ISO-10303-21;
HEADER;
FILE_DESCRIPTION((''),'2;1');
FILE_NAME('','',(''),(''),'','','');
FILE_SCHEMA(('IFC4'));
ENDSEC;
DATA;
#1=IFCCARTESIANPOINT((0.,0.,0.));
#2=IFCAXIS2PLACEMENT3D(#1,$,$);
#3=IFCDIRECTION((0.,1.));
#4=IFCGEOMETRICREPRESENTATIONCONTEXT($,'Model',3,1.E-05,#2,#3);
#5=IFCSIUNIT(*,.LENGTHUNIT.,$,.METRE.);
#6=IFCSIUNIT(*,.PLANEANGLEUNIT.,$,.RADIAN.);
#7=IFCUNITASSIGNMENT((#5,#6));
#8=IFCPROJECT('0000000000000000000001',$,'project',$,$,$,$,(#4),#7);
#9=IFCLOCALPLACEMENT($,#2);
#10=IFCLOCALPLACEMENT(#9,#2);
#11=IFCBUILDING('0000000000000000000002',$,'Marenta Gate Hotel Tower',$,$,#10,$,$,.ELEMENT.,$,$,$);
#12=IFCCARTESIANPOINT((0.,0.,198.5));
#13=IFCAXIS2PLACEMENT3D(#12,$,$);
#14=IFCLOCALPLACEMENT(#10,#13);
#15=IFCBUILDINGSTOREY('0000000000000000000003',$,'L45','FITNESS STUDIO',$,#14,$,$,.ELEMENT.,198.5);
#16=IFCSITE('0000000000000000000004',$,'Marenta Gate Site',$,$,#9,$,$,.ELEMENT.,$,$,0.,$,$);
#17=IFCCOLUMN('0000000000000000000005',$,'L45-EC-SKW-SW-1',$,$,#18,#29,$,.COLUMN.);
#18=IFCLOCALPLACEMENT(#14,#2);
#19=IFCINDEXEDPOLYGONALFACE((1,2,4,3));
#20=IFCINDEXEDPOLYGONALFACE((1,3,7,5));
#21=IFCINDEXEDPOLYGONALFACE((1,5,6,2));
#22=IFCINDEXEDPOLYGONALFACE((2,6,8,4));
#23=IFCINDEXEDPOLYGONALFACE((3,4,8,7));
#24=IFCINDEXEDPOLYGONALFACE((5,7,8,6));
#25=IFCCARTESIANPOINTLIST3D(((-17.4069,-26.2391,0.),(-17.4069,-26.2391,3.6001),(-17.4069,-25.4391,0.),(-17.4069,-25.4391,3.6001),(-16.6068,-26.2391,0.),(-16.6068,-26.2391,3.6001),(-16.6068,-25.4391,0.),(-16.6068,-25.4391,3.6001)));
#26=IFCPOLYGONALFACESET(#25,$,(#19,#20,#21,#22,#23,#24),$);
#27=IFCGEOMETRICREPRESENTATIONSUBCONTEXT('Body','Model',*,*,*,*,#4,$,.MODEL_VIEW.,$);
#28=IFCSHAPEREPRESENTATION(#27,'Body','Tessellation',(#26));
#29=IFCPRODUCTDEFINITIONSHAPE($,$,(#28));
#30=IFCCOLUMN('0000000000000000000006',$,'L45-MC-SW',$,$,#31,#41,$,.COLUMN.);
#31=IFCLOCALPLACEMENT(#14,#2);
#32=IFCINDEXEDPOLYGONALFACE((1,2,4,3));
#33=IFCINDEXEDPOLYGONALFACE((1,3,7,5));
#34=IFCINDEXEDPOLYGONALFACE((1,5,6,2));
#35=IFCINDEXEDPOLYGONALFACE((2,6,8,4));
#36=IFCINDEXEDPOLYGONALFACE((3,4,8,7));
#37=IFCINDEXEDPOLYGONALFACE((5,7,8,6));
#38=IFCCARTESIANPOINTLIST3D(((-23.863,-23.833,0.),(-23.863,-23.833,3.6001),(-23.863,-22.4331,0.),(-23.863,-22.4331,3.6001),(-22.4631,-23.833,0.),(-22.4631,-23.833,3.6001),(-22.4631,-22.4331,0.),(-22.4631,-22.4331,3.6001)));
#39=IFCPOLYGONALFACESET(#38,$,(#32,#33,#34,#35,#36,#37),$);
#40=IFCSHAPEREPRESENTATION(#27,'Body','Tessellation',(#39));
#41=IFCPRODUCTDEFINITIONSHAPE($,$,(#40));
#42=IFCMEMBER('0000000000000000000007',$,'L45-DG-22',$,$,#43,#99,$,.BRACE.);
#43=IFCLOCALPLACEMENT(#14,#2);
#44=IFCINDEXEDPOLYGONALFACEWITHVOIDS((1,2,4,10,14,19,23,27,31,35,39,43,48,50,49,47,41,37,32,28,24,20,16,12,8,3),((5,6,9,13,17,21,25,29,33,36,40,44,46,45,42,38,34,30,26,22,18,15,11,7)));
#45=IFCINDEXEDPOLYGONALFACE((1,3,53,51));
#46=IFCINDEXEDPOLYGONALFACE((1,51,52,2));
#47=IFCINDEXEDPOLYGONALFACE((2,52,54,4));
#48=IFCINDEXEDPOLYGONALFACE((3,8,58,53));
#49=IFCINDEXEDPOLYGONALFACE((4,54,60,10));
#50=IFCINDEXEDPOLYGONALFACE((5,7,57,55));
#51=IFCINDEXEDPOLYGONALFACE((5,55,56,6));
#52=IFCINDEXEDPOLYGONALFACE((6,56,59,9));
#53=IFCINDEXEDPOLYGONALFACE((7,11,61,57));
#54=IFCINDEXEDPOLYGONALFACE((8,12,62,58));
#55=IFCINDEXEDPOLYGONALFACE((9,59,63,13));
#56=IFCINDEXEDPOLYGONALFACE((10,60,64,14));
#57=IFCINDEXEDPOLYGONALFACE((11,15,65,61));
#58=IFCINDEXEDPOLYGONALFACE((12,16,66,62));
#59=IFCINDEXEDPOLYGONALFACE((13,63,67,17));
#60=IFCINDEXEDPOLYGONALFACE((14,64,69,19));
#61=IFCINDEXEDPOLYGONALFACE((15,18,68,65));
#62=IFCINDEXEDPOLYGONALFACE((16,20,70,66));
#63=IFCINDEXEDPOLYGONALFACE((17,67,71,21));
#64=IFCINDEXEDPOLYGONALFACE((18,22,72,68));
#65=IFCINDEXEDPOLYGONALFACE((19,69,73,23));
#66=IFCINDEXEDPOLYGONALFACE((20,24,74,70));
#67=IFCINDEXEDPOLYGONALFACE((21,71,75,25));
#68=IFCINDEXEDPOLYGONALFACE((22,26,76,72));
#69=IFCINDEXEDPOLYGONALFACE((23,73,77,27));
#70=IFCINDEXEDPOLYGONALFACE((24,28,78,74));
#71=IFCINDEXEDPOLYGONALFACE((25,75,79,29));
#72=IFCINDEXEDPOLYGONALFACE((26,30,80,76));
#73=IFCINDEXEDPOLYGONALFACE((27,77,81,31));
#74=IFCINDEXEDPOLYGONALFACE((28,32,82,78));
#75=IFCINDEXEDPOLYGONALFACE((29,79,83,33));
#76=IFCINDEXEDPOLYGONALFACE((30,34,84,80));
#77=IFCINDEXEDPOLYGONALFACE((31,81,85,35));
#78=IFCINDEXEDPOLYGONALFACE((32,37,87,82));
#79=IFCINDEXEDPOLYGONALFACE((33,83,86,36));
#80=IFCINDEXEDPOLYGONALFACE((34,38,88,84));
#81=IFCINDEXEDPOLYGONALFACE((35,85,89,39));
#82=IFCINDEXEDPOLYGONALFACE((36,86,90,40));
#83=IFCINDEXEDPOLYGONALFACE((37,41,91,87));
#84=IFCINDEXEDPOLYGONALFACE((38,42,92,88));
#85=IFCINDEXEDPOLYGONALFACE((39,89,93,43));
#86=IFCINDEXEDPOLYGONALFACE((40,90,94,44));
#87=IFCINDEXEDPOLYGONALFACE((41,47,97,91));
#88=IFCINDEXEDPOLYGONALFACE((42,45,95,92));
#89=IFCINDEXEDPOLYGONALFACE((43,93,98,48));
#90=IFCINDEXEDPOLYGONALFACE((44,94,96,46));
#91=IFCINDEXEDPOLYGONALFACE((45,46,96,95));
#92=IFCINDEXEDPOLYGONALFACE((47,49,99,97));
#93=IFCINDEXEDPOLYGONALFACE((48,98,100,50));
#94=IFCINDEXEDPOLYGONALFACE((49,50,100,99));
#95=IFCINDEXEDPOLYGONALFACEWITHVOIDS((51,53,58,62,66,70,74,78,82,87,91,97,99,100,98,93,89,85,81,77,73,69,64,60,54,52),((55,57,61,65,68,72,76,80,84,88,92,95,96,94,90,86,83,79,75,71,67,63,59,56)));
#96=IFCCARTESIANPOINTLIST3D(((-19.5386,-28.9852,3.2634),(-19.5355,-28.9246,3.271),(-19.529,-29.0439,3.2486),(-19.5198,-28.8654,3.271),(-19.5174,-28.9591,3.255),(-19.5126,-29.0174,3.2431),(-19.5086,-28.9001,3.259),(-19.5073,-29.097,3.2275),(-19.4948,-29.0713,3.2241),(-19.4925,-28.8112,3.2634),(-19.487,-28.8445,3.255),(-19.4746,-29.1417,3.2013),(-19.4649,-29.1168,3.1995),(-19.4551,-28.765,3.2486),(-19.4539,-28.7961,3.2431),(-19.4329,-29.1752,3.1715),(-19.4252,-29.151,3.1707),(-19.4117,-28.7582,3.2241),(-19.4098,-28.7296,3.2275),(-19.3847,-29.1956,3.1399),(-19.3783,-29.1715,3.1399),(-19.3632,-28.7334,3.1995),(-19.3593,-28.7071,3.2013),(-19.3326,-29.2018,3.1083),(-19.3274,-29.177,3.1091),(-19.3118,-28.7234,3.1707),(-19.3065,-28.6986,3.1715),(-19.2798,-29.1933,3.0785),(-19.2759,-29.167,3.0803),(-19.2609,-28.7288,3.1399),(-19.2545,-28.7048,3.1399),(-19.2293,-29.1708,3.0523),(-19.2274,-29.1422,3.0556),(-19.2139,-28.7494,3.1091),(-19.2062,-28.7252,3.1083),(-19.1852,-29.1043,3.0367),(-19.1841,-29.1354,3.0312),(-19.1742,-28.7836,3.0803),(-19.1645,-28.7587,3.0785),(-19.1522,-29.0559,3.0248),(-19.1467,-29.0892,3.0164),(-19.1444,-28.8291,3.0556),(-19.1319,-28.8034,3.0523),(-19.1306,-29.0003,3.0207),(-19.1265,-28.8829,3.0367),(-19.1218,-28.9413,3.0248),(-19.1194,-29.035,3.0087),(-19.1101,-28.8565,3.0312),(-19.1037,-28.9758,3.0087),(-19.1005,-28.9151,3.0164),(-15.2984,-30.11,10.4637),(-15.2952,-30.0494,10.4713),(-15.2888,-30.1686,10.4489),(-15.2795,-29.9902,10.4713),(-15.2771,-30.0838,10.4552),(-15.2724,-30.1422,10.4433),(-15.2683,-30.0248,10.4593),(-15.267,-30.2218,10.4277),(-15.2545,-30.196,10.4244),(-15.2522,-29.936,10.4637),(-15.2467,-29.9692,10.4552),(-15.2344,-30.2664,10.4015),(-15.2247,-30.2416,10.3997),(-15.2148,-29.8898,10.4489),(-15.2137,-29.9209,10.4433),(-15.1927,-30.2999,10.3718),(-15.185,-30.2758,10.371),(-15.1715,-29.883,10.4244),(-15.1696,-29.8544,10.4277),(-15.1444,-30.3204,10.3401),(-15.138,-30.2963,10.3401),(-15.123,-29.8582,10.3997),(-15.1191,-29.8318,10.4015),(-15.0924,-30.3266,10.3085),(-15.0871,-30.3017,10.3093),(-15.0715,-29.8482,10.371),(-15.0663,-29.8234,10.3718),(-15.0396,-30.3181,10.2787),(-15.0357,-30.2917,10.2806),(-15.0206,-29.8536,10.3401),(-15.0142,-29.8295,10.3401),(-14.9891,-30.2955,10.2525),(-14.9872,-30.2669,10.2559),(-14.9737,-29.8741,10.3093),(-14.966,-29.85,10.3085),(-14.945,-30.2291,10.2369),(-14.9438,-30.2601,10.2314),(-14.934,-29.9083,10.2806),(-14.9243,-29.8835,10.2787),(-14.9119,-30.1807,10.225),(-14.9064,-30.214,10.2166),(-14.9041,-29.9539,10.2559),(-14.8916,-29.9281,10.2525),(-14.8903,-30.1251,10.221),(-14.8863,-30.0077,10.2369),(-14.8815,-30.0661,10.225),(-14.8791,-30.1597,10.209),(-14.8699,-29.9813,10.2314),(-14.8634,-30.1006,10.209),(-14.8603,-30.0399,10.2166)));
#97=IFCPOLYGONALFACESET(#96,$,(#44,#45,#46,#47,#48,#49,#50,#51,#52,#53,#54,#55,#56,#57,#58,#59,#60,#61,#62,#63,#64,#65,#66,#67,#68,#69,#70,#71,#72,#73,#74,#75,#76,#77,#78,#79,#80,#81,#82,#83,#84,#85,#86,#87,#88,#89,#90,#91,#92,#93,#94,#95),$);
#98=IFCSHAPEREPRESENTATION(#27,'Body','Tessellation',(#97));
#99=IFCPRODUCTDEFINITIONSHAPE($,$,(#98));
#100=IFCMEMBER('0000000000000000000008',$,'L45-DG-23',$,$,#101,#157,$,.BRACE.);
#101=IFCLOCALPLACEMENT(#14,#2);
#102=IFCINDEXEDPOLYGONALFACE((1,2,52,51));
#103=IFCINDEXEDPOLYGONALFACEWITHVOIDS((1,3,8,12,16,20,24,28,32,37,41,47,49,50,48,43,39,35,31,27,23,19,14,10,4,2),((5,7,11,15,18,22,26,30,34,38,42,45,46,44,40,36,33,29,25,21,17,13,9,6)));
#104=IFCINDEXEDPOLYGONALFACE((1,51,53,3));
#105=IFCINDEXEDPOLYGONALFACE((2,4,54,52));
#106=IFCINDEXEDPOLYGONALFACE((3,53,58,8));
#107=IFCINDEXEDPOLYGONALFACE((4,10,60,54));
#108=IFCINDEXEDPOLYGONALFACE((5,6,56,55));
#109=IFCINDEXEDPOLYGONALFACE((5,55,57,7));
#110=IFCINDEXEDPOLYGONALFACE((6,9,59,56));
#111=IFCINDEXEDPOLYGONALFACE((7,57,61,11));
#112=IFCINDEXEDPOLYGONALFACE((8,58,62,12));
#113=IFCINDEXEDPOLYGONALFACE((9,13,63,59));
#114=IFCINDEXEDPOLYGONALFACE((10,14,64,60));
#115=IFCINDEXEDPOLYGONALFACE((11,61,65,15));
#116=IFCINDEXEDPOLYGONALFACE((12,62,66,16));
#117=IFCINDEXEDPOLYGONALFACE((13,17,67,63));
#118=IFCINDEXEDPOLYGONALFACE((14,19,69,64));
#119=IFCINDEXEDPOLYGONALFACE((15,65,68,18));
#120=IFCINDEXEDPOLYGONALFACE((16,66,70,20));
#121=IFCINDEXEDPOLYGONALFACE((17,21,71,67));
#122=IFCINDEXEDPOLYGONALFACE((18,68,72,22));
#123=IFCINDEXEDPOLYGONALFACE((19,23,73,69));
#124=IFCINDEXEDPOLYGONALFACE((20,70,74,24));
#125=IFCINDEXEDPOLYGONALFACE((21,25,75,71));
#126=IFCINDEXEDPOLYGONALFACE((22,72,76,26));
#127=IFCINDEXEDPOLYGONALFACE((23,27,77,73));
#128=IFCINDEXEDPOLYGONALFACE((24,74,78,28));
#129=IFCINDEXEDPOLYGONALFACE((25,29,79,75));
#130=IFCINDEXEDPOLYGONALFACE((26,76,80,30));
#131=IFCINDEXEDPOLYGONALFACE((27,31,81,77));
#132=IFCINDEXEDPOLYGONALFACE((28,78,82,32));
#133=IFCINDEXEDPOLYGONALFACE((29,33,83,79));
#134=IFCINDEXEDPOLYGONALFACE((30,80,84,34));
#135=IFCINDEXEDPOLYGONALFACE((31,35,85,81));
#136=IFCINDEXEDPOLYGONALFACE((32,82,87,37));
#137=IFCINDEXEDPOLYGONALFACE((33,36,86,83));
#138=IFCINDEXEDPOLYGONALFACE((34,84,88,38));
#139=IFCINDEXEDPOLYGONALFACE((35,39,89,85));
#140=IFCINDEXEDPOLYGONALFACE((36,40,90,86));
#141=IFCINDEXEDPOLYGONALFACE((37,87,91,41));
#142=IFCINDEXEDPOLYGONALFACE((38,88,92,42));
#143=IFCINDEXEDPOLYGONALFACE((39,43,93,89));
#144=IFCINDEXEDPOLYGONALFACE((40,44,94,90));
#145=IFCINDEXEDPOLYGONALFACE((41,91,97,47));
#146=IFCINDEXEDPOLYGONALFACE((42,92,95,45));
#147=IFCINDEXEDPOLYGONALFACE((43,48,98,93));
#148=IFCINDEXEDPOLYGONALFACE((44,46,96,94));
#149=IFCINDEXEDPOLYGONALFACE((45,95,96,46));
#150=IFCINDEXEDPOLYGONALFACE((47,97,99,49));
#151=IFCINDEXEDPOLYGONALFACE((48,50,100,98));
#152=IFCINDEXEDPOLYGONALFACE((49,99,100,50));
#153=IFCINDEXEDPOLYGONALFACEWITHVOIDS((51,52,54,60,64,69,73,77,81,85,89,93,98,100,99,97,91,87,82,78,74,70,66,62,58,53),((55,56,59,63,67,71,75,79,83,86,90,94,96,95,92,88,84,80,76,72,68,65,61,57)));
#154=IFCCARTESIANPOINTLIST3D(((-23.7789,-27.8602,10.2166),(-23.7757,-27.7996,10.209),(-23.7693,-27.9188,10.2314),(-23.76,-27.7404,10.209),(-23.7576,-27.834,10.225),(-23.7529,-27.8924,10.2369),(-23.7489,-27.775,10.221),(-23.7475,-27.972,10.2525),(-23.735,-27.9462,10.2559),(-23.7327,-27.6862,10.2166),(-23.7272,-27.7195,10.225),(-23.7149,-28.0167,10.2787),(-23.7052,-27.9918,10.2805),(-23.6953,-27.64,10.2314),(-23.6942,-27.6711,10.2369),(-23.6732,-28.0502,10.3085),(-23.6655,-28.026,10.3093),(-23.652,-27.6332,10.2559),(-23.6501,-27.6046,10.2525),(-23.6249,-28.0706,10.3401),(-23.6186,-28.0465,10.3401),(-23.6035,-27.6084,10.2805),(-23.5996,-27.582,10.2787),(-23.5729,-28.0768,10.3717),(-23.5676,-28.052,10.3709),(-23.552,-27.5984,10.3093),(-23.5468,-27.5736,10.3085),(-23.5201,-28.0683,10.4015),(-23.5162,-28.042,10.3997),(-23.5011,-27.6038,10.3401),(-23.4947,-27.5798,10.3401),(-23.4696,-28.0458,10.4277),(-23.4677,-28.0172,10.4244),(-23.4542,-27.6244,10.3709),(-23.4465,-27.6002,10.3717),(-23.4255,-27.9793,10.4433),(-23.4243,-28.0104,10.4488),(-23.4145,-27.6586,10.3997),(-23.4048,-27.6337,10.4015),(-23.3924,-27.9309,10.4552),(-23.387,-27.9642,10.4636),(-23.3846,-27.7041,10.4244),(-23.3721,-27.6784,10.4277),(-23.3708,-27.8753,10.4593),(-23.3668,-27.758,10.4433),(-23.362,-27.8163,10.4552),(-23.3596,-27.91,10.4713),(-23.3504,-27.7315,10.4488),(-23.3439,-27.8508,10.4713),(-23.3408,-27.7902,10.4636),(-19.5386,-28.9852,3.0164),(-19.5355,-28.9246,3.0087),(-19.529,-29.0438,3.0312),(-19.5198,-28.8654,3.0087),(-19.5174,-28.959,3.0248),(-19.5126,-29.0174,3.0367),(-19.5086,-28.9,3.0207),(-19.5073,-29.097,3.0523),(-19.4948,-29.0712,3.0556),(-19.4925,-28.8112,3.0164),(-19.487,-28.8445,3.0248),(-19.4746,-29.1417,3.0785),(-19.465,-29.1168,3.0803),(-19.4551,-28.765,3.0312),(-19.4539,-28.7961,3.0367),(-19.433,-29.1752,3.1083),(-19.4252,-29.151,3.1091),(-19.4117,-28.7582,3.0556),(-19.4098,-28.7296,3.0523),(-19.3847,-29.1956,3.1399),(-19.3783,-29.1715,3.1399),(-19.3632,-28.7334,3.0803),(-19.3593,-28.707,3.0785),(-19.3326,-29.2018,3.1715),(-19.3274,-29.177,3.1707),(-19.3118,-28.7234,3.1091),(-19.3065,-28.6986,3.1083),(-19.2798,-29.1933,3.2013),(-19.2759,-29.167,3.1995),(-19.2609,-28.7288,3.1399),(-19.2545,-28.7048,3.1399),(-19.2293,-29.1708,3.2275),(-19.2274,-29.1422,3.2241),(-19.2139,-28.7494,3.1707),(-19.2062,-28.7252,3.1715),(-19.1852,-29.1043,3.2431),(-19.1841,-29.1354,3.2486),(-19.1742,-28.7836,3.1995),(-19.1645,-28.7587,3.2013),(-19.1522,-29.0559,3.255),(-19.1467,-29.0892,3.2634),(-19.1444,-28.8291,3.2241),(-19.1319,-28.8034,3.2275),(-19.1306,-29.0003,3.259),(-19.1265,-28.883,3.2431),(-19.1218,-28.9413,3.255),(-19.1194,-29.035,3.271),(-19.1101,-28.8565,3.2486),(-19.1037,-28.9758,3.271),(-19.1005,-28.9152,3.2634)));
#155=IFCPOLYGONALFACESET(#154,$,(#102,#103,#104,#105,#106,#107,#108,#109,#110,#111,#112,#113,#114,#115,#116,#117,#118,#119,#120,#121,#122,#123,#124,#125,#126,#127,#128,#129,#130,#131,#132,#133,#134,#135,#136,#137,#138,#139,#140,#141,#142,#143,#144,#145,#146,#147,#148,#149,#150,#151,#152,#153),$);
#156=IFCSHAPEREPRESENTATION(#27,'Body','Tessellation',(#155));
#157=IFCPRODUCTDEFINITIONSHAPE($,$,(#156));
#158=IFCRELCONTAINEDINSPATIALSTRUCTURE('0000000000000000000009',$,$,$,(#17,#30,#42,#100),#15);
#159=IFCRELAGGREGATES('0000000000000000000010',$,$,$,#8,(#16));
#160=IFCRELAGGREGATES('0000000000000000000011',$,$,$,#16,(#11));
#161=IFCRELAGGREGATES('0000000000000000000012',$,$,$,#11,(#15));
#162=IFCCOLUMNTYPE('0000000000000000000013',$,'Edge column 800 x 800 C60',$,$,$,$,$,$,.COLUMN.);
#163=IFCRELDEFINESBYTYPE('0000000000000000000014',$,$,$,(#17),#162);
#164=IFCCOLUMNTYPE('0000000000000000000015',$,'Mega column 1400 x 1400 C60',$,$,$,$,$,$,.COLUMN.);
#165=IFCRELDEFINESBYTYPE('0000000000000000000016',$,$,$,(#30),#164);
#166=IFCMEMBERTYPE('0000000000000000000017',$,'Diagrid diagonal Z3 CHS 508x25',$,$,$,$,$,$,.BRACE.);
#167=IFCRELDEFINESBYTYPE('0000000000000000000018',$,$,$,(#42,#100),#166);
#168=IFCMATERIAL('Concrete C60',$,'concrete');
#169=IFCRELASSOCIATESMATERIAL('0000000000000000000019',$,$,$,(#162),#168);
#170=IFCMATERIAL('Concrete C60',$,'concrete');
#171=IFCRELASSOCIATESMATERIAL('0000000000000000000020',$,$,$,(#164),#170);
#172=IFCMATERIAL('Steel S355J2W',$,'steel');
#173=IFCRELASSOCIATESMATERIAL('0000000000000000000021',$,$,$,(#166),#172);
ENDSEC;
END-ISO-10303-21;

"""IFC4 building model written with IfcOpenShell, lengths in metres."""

from ifc_helpers import new_model, si_unit, direction, frame, origin, origin_2d, place, context, subcontext, project, spatial, rectangle, hollow_circle, extrude, material, material_profile, profile_set, type_object, element, save


model = new_model("IFC4")

# Units and contexts
model_context = context("Model", 3, precision=1e-05, world=origin(), true_north=direction((0.0, 1.0)))
body_context = subcontext(model_context, "Body", "Model", "MODEL_VIEW")
ifc_project = project(units=[si_unit("LENGTHUNIT", "METRE"), si_unit("PLANEANGLEUNIT", "RADIAN")], contexts=[model_context])

# Site, building, storey
site_placement = place(None, origin())
site = spatial("IfcSite", under=ifc_project, at=site_placement, Name="Marenta Gate Site", CompositionType="ELEMENT", RefElevation=0.0)
building_placement = place(site_placement, origin())
building = spatial("IfcBuilding", under=site, at=building_placement, Name="Marenta Gate Hotel Tower", CompositionType="ELEMENT")
storey_placement = place(building_placement, frame((0.0, 0.0, 198.5)))
storey = spatial("IfcBuildingStorey", under=building, at=storey_placement, Name="L45", Description="FITNESS STUDIO", CompositionType="ELEMENT", Elevation=198.5)

# Columns
ifc_material_1 = material(Name="Concrete C60", Category="concrete")
ifc_material_profile_1 = material_profile(ifc_material_1, rectangle(XDim=0.8, YDim=0.8, at=origin_2d()), Name="800 x 800")
ifc_profile_set_1 = profile_set([ifc_material_profile_1], Name="Concrete C60")
column_type_1 = type_object("IfcColumnType", Name="Edge column 800 x 800 C60", PredefinedType="COLUMN", material=ifc_profile_set_1)
column_1_placement = place(storey_placement, frame((-17.0068, -25.8391, 0.0), z_axis=(0.0, 0.0, 1.0), x_axis=(1.0, 0.0, 0.0)))
element("IfcColumn", 1, at=column_1_placement, inside=storey, type_object=column_type_1, Name="L45-EC-SKW-SW-1", PredefinedType="COLUMN", context=body_context, shape_type="SweptSolid", body=[
    extrude(rectangle(XDim=0.8, YDim=0.8, at=origin_2d()), origin(), (0.0, 0.0, 1.0), 3.6001),
])
ifc_material_2 = material(Name="Concrete C60", Category="concrete")
ifc_material_profile_2 = material_profile(ifc_material_2, rectangle(XDim=1.3999, YDim=1.3999, at=origin_2d()), Name="1400 x 1400")
ifc_profile_set_2 = profile_set([ifc_material_profile_2], Name="Concrete C60")
column_type_2 = type_object("IfcColumnType", Name="Mega column 1400 x 1400 C60", PredefinedType="COLUMN", material=ifc_profile_set_2)
column_2_placement = place(storey_placement, frame((-23.1631, -23.1331, 0.0), z_axis=(0.0, 0.0, 1.0), x_axis=(1.0, 0.0, 0.0)))
element("IfcColumn", 2, at=column_2_placement, inside=storey, type_object=column_type_2, Name="L45-MC-SW", PredefinedType="COLUMN", context=body_context, shape_type="SweptSolid", body=[
    extrude(rectangle(XDim=1.3999, YDim=1.3999, at=origin_2d()), origin(), (0.0, 0.0, 1.0), 3.6001),
])

# Members
ifc_material_3 = material(Name="Steel S355J2W", Category="steel")
ifc_material_profile_3 = material_profile(ifc_material_3, hollow_circle(Radius=0.2539, WallThickness=0.0249, at=origin_2d()), Name="CHS 508x25")
ifc_profile_set_3 = profile_set([ifc_material_profile_3], Name="Steel S355J2W")
member_type_1 = type_object("IfcMemberType", Name="Diagrid diagonal Z3 CHS 508x25", PredefinedType="BRACE", material=ifc_profile_set_3)
for number, where, z_axis, x_axis, name in (
    (3, (-19.3196, -28.9502, 3.1399), (0.502914, -0.133402, 0.85398), (0.256391, 0.966573, 0.0), "L45-DG-22"),
    (4, (-19.3196, -28.9502, 3.1399), (-0.502912, 0.13343, 0.853977), (-0.256443, -0.966559, 0.0), "L45-DG-23"),
):
    element("IfcMember", number, at=place(storey_placement, frame(where, z_axis=z_axis, x_axis=x_axis)), inside=storey, type_object=member_type_1, Name=name, PredefinedType="BRACE", context=body_context, shape_type="SweptSolid", body=[
        extrude(hollow_circle(Radius=0.2539, WallThickness=0.0249, at=origin_2d()), origin(), (0.0, 0.0, 1.0), 8.4314),
    ])

save(model, "model.ifc")
